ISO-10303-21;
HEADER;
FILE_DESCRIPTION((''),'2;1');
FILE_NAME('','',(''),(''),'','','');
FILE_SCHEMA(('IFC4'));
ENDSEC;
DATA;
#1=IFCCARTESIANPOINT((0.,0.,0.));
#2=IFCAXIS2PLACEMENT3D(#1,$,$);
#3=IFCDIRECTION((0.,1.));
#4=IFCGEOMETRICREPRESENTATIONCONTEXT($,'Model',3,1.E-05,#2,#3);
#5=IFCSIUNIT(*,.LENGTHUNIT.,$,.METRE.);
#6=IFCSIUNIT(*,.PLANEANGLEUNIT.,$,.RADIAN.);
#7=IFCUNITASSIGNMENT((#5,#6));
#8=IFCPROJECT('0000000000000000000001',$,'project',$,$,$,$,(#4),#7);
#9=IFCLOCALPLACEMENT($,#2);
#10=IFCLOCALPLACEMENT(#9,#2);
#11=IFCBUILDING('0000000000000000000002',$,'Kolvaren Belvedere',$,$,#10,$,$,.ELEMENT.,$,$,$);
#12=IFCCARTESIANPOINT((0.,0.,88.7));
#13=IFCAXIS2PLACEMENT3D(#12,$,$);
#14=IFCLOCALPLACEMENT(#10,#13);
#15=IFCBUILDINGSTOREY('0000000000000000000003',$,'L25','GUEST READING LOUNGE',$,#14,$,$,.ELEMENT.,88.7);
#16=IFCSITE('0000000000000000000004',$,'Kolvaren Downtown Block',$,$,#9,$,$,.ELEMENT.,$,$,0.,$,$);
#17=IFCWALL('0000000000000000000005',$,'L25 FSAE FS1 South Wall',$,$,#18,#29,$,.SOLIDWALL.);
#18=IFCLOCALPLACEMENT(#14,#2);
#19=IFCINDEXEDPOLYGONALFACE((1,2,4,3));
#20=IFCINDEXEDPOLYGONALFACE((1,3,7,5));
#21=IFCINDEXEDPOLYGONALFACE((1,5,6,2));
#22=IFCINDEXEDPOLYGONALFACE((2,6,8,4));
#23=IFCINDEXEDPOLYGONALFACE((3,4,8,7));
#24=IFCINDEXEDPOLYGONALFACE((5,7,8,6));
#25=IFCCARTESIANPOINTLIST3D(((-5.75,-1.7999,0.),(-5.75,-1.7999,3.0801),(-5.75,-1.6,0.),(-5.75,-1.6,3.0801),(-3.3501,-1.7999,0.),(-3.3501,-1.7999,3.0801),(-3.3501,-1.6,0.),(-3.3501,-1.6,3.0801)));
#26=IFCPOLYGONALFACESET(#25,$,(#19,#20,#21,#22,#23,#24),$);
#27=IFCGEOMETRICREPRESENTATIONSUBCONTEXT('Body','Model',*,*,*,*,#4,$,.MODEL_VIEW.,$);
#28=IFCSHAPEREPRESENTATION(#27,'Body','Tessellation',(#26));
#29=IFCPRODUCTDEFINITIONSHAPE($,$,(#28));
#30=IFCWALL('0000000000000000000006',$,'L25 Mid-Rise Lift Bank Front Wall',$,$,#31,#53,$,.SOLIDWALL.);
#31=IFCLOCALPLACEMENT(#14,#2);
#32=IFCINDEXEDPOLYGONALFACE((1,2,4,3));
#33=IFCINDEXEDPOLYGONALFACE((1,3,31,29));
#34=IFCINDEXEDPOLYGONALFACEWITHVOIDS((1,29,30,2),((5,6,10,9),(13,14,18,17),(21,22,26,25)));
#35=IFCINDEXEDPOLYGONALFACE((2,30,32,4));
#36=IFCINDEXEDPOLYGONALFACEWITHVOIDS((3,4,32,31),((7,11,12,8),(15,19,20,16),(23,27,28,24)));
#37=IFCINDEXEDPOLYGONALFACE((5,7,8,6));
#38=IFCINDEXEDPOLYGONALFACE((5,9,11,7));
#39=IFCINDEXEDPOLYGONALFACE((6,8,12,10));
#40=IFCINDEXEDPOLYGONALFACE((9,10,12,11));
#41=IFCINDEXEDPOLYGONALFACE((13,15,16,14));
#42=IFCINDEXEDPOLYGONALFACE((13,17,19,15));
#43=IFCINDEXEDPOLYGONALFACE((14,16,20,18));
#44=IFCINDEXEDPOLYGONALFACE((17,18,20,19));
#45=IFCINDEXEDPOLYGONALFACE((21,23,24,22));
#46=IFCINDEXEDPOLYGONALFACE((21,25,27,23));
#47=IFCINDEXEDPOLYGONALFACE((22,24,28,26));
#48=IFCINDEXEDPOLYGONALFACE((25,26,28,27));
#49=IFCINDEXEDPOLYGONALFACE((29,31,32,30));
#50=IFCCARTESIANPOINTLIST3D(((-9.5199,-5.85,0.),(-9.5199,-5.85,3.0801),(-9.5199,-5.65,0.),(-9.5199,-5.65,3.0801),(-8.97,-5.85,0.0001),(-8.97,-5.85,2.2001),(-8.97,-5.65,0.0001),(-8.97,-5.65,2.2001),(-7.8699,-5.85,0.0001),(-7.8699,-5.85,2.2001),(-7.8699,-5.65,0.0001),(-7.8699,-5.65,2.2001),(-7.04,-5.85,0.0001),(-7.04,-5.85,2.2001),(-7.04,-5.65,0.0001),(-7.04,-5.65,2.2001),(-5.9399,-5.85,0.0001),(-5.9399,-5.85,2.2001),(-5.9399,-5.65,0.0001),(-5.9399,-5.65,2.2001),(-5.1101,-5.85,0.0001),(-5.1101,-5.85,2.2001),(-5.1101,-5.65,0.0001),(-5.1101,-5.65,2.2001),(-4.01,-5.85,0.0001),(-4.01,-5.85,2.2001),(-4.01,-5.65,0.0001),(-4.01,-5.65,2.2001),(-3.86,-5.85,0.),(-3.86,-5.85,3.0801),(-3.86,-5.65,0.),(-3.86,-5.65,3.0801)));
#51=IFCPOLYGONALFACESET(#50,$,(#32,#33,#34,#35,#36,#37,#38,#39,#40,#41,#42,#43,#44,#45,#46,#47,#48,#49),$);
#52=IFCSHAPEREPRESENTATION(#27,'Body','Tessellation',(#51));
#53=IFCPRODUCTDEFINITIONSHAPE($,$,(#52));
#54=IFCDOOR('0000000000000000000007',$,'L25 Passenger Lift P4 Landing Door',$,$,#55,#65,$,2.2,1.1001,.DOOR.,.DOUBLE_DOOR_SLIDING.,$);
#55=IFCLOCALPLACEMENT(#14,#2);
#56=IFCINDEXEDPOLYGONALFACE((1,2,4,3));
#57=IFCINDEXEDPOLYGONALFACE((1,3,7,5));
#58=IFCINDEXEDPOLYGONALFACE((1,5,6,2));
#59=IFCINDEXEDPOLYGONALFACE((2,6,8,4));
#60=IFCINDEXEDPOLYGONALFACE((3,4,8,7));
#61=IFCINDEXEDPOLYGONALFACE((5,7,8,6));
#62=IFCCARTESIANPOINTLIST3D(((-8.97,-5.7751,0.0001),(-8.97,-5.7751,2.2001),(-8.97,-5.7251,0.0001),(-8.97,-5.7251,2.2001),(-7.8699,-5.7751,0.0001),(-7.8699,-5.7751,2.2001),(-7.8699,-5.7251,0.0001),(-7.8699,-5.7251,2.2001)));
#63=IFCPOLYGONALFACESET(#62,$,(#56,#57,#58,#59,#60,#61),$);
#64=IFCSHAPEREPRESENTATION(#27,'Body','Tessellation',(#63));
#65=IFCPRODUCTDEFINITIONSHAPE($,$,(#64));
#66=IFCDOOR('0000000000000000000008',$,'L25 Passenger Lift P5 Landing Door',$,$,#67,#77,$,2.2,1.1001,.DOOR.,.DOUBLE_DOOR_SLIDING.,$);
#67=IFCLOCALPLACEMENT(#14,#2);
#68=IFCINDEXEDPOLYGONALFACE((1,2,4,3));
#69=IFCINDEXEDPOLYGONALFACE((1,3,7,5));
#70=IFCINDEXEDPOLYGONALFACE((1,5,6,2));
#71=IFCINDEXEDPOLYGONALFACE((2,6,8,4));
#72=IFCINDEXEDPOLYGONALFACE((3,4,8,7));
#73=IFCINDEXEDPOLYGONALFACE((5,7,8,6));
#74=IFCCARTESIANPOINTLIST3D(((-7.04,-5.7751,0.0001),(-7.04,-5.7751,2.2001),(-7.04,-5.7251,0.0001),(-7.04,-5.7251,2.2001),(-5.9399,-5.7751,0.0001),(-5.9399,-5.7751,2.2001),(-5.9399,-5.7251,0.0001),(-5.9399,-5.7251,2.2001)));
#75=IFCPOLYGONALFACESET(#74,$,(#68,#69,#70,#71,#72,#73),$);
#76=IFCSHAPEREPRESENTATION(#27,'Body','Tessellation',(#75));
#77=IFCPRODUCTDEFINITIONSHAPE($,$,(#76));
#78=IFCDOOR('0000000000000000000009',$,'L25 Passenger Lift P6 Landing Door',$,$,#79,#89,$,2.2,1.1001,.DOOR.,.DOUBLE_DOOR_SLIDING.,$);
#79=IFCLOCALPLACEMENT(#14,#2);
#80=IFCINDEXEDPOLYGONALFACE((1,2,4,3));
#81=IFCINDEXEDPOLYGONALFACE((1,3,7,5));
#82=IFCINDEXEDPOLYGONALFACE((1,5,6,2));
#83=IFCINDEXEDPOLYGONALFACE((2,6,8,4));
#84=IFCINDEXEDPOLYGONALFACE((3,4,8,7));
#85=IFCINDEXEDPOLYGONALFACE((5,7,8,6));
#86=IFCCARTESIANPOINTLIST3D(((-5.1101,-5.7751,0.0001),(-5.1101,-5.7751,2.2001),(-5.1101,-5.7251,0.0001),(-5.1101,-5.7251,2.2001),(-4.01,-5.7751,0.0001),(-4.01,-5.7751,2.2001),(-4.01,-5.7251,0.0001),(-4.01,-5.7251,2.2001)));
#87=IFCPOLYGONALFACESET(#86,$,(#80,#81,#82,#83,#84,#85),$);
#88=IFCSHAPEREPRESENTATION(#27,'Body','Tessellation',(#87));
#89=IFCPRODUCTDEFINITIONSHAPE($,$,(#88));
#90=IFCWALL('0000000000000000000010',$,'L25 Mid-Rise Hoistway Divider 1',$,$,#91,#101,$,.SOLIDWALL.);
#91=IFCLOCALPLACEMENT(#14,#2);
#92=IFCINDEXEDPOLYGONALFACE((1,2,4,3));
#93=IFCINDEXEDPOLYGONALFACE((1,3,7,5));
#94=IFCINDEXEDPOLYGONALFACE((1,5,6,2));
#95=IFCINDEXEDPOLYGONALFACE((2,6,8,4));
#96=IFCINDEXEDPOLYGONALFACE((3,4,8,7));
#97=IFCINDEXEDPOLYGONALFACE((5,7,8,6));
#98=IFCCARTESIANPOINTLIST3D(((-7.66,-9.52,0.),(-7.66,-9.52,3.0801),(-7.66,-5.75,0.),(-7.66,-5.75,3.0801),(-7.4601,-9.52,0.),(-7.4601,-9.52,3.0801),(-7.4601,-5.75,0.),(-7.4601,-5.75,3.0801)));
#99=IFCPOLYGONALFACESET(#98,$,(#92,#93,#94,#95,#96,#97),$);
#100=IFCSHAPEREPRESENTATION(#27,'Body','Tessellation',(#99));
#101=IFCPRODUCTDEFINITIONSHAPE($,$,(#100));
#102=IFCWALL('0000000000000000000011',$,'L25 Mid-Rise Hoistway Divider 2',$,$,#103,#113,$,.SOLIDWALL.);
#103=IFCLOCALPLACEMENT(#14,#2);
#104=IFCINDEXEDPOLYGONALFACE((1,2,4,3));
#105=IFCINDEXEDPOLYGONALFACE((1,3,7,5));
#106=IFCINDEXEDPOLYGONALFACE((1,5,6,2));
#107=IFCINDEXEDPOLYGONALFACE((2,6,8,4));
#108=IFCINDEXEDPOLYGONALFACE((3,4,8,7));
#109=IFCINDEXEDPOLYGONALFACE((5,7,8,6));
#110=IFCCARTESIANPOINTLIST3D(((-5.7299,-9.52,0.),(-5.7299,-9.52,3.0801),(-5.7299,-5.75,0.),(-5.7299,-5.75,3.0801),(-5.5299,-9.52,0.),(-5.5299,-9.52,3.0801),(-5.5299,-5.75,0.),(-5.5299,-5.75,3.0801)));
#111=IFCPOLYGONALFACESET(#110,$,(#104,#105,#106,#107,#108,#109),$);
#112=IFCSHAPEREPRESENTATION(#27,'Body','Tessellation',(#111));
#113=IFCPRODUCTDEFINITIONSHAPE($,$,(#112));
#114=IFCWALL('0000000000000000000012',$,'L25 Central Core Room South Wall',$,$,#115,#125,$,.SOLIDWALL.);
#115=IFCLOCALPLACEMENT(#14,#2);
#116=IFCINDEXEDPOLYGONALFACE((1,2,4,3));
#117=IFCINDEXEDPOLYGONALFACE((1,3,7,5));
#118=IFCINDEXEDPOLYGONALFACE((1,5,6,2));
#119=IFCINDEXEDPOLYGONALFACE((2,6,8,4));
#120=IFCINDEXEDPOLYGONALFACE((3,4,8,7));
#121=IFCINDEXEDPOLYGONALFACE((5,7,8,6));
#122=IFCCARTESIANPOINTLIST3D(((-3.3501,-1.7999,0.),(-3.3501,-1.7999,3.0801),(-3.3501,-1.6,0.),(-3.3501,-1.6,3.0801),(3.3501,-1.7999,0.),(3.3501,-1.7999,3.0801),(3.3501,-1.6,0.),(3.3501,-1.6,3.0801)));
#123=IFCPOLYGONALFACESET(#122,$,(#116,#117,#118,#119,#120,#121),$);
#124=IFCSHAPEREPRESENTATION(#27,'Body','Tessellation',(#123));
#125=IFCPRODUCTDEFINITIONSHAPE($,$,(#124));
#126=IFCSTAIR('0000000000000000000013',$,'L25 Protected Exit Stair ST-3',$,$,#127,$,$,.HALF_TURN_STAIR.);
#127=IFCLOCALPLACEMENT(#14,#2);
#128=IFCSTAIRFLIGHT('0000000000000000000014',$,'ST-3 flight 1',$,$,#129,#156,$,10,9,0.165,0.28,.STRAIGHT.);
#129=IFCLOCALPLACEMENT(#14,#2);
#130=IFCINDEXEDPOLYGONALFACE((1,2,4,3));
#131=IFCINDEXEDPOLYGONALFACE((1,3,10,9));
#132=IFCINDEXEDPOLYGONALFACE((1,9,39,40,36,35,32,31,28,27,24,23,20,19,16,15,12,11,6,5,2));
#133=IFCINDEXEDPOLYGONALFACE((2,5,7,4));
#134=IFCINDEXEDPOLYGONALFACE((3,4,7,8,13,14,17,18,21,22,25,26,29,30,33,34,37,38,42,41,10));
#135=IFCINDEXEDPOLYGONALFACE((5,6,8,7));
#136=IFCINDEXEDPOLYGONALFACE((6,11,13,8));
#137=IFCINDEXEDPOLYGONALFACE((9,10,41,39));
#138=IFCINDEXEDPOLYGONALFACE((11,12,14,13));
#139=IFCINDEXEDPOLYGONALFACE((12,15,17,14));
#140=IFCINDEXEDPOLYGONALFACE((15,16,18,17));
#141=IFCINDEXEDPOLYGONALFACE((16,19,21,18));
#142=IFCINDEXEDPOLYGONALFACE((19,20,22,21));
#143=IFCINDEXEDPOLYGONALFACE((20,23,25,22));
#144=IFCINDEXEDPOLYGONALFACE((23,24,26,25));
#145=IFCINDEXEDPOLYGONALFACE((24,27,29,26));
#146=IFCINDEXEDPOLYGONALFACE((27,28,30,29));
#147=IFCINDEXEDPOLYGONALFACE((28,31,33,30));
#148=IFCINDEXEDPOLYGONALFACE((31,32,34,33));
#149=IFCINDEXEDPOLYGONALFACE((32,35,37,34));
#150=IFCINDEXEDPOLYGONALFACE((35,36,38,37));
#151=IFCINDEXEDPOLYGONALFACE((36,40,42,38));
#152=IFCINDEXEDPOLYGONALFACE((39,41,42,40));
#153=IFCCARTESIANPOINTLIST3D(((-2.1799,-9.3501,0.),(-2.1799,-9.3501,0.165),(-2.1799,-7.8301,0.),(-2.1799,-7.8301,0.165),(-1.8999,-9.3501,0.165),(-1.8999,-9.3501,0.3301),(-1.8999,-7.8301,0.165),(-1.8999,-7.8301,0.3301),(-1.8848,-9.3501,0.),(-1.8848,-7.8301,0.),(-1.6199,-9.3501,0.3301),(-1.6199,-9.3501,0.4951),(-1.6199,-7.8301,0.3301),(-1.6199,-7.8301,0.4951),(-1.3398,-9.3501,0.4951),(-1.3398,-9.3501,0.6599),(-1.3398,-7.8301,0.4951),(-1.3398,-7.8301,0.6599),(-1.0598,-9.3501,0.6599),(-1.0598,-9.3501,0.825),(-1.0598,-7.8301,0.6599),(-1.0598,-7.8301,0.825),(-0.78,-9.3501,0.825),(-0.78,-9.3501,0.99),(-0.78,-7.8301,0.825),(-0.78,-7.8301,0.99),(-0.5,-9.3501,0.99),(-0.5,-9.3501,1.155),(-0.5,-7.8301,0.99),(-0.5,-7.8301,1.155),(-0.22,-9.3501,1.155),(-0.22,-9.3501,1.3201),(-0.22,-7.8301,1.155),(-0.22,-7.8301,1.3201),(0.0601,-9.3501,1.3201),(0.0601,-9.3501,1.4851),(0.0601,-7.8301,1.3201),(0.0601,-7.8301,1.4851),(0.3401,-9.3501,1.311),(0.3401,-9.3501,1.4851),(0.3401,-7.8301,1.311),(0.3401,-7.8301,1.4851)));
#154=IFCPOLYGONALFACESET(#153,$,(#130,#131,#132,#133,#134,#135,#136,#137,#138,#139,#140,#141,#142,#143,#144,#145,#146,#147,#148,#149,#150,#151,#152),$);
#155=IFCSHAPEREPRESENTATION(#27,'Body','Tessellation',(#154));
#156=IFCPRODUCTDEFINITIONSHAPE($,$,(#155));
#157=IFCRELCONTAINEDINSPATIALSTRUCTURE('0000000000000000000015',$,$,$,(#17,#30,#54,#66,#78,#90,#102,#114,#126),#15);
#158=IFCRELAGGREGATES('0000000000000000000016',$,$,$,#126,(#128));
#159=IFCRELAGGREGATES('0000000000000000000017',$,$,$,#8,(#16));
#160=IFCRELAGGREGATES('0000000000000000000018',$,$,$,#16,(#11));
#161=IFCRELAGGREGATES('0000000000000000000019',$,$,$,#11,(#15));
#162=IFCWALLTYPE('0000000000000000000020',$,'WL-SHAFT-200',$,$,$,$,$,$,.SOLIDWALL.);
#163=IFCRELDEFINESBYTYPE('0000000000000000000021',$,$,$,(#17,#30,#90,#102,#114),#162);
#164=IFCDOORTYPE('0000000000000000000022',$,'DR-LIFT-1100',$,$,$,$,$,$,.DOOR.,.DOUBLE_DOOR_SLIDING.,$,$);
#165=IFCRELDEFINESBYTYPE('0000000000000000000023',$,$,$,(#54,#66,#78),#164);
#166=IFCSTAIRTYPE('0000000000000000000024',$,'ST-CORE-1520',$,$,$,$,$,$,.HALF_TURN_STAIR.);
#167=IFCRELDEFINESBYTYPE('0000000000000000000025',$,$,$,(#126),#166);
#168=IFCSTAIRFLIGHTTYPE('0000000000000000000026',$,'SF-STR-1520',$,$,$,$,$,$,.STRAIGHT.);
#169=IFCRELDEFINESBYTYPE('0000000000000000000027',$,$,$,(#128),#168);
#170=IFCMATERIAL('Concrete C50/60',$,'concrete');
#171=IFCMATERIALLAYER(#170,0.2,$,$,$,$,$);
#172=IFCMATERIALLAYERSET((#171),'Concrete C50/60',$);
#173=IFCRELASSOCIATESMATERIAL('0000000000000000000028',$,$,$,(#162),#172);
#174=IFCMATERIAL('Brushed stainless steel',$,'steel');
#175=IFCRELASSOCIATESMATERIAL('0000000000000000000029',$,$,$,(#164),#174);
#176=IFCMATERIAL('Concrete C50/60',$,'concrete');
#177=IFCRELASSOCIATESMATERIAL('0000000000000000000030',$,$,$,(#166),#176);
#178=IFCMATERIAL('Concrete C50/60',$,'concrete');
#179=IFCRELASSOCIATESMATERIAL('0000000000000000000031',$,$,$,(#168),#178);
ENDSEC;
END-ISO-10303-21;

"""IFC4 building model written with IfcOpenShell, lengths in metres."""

from ifc_helpers import new_model, si_unit, direction, frame, frame_2d, origin, place, context, subcontext, project, spatial, polyline, rectangle, outline, extrude, material, layer, layer_set, type_object, element, fill, aggregate, save


model = new_model("IFC4")

# Units and contexts
model_context = context("Model", 3, precision=1e-05, world=origin(), true_north=direction((0.0, 1.0)))
body_context = subcontext(model_context, "Body", "Model", "MODEL_VIEW")
ifc_project = project(units=[si_unit("LENGTHUNIT", "METRE"), si_unit("PLANEANGLEUNIT", "RADIAN")], contexts=[model_context])

# Site, building, storey
site_placement = place(None, origin())
site = spatial("IfcSite", under=ifc_project, at=site_placement, Name="Kolvaren Downtown Block", CompositionType="ELEMENT", RefElevation=0.0)
building_placement = place(site_placement, origin())
building = spatial("IfcBuilding", under=site, at=building_placement, Name="Kolvaren Belvedere", CompositionType="ELEMENT")
storey_placement = place(building_placement, frame((0.0, 0.0, 88.7)))
storey = spatial("IfcBuildingStorey", under=building, at=storey_placement, Name="L25", Description="GUEST READING LOUNGE", CompositionType="ELEMENT", Elevation=88.7)

# Shared definitions
ifc_material_1 = material(Name="Concrete C50/60", Category="concrete")
ifc_layer_1 = layer(ifc_material_1, 0.2)
ifc_layer_set_1 = layer_set([ifc_layer_1], Name="Concrete C50/60")
wall_type_1 = type_object("IfcWallType", Name="WL-SHAFT-200", PredefinedType="SOLIDWALL", material=ifc_layer_set_1)
ifc_material_2 = material(Name="Brushed stainless steel", Category="steel")
door_type_1 = type_object("IfcDoorType", Name="DR-LIFT-1100", OperationType="DOUBLE_DOOR_SLIDING", PredefinedType="DOOR", material=ifc_material_2)

# Wall
wall_1_placement = place(storey_placement, frame((-5.75, -1.7, 0.0), z_axis=(0.0, 0.0, 1.0), x_axis=(1.0, 0.0, 0.0)))
element("IfcWall", 1, at=wall_1_placement, inside=storey, type_object=wall_type_1, Name="L25 FSAE FS1 South Wall", PredefinedType="SOLIDWALL", context=body_context, shape_type="SweptSolid", body=[
    extrude(rectangle(XDim=2.3999, YDim=0.2, at=frame_2d((1.2, 0.0))), origin(), (0.0, 0.0, 1.0), 3.0801),
])

# Wall, openings, doors
wall_2_placement = place(storey_placement, frame((-9.52, -5.75, 0.0), z_axis=(0.0, 0.0, 1.0), x_axis=(1.0, 0.0, 0.0)))
wall_2 = element("IfcWall", 2, at=wall_2_placement, inside=storey, type_object=wall_type_1, Name="L25 Mid-Rise Lift Bank Front Wall", PredefinedType="SOLIDWALL", context=body_context, shape_type="SweptSolid", body=[
    extrude(rectangle(XDim=5.6599, YDim=0.2, at=frame_2d((2.8301, 0.0))), origin(), (0.0, 0.0, 1.0), 3.0801),
])
opening_1_placement = place(wall_2_placement, frame((0.55, 0.0, 0.0)))
opening_1 = element("IfcOpeningElement", 3, at=opening_1_placement, cuts=wall_2, PredefinedType="OPENING", context=body_context, shape_type="SweptSolid", body=[
    extrude(rectangle(XDim=1.1001, YDim=2.2, at=frame_2d((0.55, 1.1001))), frame((0.0, 0.1099, 0.0), z_axis=(0.0, -1.0, 0.0), x_axis=(1.0, 0.0, 0.0)), (0.0, 0.0, 1.0), 0.22),
])
opening_2_placement = place(wall_2_placement, frame((2.48, 0.0, 0.0)))
opening_2 = element("IfcOpeningElement", 4, at=opening_2_placement, cuts=wall_2, PredefinedType="OPENING", context=body_context, shape_type="SweptSolid", body=[
    extrude(rectangle(XDim=1.1001, YDim=2.2, at=frame_2d((0.55, 1.1001))), frame((0.0, 0.1099, 0.0), z_axis=(0.0, -1.0, 0.0), x_axis=(1.0, 0.0, 0.0)), (0.0, 0.0, 1.0), 0.22),
])
opening_3_placement = place(wall_2_placement, frame((4.4099, 0.0, 0.0)))
opening_3 = element("IfcOpeningElement", 5, at=opening_3_placement, cuts=wall_2, PredefinedType="OPENING", context=body_context, shape_type="SweptSolid", body=[
    extrude(rectangle(XDim=1.1001, YDim=2.2, at=frame_2d((0.55, 1.1001))), frame((0.0, 0.1099, 0.0), z_axis=(0.0, -1.0, 0.0), x_axis=(1.0, 0.0, 0.0)), (0.0, 0.0, 1.0), 0.22),
])
door_1_placement = place(opening_1_placement, origin())
door_1 = element("IfcDoor", 6, at=door_1_placement, inside=storey, type_object=door_type_1, Name="L25 Passenger Lift P4 Landing Door", OperationType="DOUBLE_DOOR_SLIDING", OverallHeight=2.2, OverallWidth=1.1001, PredefinedType="DOOR", context=body_context, shape_type="SweptSolid", body=[
    extrude(rectangle(XDim=1.1001, YDim=2.2, at=frame_2d((0.55, 1.1001))), frame((0.0, 0.0249, 0.0), z_axis=(0.0, -1.0, 0.0), x_axis=(1.0, 0.0, 0.0)), (0.0, 0.0, 1.0), 0.05),
])
fill(opening_1, door_1)
door_2_placement = place(opening_2_placement, origin())
door_2 = element("IfcDoor", 7, at=door_2_placement, inside=storey, type_object=door_type_1, Name="L25 Passenger Lift P5 Landing Door", OperationType="DOUBLE_DOOR_SLIDING", OverallHeight=2.2, OverallWidth=1.1001, PredefinedType="DOOR", context=body_context, shape_type="SweptSolid", body=[
    extrude(rectangle(XDim=1.1001, YDim=2.2, at=frame_2d((0.55, 1.1001))), frame((0.0, 0.0249, 0.0), z_axis=(0.0, -1.0, 0.0), x_axis=(1.0, 0.0, 0.0)), (0.0, 0.0, 1.0), 0.05),
])
fill(opening_2, door_2)
door_3_placement = place(opening_3_placement, origin())
door_3 = element("IfcDoor", 8, at=door_3_placement, inside=storey, type_object=door_type_1, Name="L25 Passenger Lift P6 Landing Door", OperationType="DOUBLE_DOOR_SLIDING", OverallHeight=2.2, OverallWidth=1.1001, PredefinedType="DOOR", context=body_context, shape_type="SweptSolid", body=[
    extrude(rectangle(XDim=1.1001, YDim=2.2, at=frame_2d((0.55, 1.1001))), frame((0.0, 0.0249, 0.0), z_axis=(0.0, -1.0, 0.0), x_axis=(1.0, 0.0, 0.0)), (0.0, 0.0, 1.0), 0.05),
])
fill(opening_3, door_3)

# Walls
for number, where, z_axis, x_axis, name in (
    (9, (-7.5601, -9.52, 0.0), (0.0, 0.0, 1.0), (0.0, 1.0, 0.0), "L25 Mid-Rise Hoistway Divider 1"),
    (10, (-5.6299, -9.52, 0.0), (0.0, 0.0, 1.0), (0.0, 1.0, 0.0), "L25 Mid-Rise Hoistway Divider 2"),
):
    element("IfcWall", number, at=place(storey_placement, frame(where, z_axis=z_axis, x_axis=x_axis)), inside=storey, type_object=wall_type_1, Name=name, PredefinedType="SOLIDWALL", context=body_context, shape_type="SweptSolid", body=[
        extrude(rectangle(XDim=3.77, YDim=0.2, at=frame_2d((1.885, 0.0))), origin(), (0.0, 0.0, 1.0), 3.0801),
    ])
wall_3_placement = place(storey_placement, frame((-3.3501, -1.7, 0.0), z_axis=(0.0, 0.0, 1.0), x_axis=(1.0, 0.0, 0.0)))
element("IfcWall", 11, at=wall_3_placement, inside=storey, type_object=wall_type_1, Name="L25 Central Core Room South Wall", PredefinedType="SOLIDWALL", context=body_context, shape_type="SweptSolid", body=[
    extrude(rectangle(XDim=6.7002, YDim=0.2, at=frame_2d((3.3501, 0.0))), origin(), (0.0, 0.0, 1.0), 3.0801),
])

# Stair, stair flight
ifc_material_3 = material(Name="Concrete C50/60", Category="concrete")
stair_type = type_object("IfcStairType", Name="ST-CORE-1520", PredefinedType="HALF_TURN_STAIR", material=ifc_material_3)
stair_placement = place(storey_placement, origin())
stair = element("IfcStair", 12, at=stair_placement, inside=storey, type_object=stair_type, Name="L25 Protected Exit Stair ST-3", PredefinedType="HALF_TURN_STAIR")
ifc_material_4 = material(Name="Concrete C50/60", Category="concrete")
stair_flight_type = type_object("IfcStairFlightType", Name="SF-STR-1520", PredefinedType="STRAIGHT", material=ifc_material_4)
stair_flight_placement = place(storey_placement, frame((-2.1799, -8.5901, 0.0), z_axis=(0.0, 0.0, 1.0), x_axis=(1.0, 0.0, 0.0)))
stair_flight = element("IfcStairFlight", 13, at=stair_flight_placement, type_object=stair_flight_type, Name="ST-3 flight 1", NumberOfRisers=10, NumberOfTreads=9, PredefinedType="STRAIGHT", RiserHeight=0.165, TreadLength=0.28, context=body_context, shape_type="SweptSolid", body=[
    extrude(outline(polyline([(0.0, 0.0), (0.0, 0.165), (0.28, 0.165), (0.28, 0.3301), (0.5601, 0.3301), (0.5601, 0.4951), (0.8401, 0.4951), (0.8401, 0.6599), (1.1201, 0.6599), (1.1201, 0.825), (1.3999, 0.825), (1.3999, 0.99), (1.6799, 0.99), (1.6799, 1.155), (1.96, 1.155), (1.96, 1.3201), (2.24, 1.3201), (2.24, 1.4851), (2.52, 1.4851), (2.52, 1.6499), (2.52, 1.311), (0.2952, 0.0), (0.0, 0.0)])), frame((0.0, 0.76, 0.0), z_axis=(0.0, -1.0, 0.0), x_axis=(1.0, 0.0, 0.0)), (0.0, 0.0, 1.0), 1.52),
])
aggregate(stair, [stair_flight])

save(model, "model.ifc")
